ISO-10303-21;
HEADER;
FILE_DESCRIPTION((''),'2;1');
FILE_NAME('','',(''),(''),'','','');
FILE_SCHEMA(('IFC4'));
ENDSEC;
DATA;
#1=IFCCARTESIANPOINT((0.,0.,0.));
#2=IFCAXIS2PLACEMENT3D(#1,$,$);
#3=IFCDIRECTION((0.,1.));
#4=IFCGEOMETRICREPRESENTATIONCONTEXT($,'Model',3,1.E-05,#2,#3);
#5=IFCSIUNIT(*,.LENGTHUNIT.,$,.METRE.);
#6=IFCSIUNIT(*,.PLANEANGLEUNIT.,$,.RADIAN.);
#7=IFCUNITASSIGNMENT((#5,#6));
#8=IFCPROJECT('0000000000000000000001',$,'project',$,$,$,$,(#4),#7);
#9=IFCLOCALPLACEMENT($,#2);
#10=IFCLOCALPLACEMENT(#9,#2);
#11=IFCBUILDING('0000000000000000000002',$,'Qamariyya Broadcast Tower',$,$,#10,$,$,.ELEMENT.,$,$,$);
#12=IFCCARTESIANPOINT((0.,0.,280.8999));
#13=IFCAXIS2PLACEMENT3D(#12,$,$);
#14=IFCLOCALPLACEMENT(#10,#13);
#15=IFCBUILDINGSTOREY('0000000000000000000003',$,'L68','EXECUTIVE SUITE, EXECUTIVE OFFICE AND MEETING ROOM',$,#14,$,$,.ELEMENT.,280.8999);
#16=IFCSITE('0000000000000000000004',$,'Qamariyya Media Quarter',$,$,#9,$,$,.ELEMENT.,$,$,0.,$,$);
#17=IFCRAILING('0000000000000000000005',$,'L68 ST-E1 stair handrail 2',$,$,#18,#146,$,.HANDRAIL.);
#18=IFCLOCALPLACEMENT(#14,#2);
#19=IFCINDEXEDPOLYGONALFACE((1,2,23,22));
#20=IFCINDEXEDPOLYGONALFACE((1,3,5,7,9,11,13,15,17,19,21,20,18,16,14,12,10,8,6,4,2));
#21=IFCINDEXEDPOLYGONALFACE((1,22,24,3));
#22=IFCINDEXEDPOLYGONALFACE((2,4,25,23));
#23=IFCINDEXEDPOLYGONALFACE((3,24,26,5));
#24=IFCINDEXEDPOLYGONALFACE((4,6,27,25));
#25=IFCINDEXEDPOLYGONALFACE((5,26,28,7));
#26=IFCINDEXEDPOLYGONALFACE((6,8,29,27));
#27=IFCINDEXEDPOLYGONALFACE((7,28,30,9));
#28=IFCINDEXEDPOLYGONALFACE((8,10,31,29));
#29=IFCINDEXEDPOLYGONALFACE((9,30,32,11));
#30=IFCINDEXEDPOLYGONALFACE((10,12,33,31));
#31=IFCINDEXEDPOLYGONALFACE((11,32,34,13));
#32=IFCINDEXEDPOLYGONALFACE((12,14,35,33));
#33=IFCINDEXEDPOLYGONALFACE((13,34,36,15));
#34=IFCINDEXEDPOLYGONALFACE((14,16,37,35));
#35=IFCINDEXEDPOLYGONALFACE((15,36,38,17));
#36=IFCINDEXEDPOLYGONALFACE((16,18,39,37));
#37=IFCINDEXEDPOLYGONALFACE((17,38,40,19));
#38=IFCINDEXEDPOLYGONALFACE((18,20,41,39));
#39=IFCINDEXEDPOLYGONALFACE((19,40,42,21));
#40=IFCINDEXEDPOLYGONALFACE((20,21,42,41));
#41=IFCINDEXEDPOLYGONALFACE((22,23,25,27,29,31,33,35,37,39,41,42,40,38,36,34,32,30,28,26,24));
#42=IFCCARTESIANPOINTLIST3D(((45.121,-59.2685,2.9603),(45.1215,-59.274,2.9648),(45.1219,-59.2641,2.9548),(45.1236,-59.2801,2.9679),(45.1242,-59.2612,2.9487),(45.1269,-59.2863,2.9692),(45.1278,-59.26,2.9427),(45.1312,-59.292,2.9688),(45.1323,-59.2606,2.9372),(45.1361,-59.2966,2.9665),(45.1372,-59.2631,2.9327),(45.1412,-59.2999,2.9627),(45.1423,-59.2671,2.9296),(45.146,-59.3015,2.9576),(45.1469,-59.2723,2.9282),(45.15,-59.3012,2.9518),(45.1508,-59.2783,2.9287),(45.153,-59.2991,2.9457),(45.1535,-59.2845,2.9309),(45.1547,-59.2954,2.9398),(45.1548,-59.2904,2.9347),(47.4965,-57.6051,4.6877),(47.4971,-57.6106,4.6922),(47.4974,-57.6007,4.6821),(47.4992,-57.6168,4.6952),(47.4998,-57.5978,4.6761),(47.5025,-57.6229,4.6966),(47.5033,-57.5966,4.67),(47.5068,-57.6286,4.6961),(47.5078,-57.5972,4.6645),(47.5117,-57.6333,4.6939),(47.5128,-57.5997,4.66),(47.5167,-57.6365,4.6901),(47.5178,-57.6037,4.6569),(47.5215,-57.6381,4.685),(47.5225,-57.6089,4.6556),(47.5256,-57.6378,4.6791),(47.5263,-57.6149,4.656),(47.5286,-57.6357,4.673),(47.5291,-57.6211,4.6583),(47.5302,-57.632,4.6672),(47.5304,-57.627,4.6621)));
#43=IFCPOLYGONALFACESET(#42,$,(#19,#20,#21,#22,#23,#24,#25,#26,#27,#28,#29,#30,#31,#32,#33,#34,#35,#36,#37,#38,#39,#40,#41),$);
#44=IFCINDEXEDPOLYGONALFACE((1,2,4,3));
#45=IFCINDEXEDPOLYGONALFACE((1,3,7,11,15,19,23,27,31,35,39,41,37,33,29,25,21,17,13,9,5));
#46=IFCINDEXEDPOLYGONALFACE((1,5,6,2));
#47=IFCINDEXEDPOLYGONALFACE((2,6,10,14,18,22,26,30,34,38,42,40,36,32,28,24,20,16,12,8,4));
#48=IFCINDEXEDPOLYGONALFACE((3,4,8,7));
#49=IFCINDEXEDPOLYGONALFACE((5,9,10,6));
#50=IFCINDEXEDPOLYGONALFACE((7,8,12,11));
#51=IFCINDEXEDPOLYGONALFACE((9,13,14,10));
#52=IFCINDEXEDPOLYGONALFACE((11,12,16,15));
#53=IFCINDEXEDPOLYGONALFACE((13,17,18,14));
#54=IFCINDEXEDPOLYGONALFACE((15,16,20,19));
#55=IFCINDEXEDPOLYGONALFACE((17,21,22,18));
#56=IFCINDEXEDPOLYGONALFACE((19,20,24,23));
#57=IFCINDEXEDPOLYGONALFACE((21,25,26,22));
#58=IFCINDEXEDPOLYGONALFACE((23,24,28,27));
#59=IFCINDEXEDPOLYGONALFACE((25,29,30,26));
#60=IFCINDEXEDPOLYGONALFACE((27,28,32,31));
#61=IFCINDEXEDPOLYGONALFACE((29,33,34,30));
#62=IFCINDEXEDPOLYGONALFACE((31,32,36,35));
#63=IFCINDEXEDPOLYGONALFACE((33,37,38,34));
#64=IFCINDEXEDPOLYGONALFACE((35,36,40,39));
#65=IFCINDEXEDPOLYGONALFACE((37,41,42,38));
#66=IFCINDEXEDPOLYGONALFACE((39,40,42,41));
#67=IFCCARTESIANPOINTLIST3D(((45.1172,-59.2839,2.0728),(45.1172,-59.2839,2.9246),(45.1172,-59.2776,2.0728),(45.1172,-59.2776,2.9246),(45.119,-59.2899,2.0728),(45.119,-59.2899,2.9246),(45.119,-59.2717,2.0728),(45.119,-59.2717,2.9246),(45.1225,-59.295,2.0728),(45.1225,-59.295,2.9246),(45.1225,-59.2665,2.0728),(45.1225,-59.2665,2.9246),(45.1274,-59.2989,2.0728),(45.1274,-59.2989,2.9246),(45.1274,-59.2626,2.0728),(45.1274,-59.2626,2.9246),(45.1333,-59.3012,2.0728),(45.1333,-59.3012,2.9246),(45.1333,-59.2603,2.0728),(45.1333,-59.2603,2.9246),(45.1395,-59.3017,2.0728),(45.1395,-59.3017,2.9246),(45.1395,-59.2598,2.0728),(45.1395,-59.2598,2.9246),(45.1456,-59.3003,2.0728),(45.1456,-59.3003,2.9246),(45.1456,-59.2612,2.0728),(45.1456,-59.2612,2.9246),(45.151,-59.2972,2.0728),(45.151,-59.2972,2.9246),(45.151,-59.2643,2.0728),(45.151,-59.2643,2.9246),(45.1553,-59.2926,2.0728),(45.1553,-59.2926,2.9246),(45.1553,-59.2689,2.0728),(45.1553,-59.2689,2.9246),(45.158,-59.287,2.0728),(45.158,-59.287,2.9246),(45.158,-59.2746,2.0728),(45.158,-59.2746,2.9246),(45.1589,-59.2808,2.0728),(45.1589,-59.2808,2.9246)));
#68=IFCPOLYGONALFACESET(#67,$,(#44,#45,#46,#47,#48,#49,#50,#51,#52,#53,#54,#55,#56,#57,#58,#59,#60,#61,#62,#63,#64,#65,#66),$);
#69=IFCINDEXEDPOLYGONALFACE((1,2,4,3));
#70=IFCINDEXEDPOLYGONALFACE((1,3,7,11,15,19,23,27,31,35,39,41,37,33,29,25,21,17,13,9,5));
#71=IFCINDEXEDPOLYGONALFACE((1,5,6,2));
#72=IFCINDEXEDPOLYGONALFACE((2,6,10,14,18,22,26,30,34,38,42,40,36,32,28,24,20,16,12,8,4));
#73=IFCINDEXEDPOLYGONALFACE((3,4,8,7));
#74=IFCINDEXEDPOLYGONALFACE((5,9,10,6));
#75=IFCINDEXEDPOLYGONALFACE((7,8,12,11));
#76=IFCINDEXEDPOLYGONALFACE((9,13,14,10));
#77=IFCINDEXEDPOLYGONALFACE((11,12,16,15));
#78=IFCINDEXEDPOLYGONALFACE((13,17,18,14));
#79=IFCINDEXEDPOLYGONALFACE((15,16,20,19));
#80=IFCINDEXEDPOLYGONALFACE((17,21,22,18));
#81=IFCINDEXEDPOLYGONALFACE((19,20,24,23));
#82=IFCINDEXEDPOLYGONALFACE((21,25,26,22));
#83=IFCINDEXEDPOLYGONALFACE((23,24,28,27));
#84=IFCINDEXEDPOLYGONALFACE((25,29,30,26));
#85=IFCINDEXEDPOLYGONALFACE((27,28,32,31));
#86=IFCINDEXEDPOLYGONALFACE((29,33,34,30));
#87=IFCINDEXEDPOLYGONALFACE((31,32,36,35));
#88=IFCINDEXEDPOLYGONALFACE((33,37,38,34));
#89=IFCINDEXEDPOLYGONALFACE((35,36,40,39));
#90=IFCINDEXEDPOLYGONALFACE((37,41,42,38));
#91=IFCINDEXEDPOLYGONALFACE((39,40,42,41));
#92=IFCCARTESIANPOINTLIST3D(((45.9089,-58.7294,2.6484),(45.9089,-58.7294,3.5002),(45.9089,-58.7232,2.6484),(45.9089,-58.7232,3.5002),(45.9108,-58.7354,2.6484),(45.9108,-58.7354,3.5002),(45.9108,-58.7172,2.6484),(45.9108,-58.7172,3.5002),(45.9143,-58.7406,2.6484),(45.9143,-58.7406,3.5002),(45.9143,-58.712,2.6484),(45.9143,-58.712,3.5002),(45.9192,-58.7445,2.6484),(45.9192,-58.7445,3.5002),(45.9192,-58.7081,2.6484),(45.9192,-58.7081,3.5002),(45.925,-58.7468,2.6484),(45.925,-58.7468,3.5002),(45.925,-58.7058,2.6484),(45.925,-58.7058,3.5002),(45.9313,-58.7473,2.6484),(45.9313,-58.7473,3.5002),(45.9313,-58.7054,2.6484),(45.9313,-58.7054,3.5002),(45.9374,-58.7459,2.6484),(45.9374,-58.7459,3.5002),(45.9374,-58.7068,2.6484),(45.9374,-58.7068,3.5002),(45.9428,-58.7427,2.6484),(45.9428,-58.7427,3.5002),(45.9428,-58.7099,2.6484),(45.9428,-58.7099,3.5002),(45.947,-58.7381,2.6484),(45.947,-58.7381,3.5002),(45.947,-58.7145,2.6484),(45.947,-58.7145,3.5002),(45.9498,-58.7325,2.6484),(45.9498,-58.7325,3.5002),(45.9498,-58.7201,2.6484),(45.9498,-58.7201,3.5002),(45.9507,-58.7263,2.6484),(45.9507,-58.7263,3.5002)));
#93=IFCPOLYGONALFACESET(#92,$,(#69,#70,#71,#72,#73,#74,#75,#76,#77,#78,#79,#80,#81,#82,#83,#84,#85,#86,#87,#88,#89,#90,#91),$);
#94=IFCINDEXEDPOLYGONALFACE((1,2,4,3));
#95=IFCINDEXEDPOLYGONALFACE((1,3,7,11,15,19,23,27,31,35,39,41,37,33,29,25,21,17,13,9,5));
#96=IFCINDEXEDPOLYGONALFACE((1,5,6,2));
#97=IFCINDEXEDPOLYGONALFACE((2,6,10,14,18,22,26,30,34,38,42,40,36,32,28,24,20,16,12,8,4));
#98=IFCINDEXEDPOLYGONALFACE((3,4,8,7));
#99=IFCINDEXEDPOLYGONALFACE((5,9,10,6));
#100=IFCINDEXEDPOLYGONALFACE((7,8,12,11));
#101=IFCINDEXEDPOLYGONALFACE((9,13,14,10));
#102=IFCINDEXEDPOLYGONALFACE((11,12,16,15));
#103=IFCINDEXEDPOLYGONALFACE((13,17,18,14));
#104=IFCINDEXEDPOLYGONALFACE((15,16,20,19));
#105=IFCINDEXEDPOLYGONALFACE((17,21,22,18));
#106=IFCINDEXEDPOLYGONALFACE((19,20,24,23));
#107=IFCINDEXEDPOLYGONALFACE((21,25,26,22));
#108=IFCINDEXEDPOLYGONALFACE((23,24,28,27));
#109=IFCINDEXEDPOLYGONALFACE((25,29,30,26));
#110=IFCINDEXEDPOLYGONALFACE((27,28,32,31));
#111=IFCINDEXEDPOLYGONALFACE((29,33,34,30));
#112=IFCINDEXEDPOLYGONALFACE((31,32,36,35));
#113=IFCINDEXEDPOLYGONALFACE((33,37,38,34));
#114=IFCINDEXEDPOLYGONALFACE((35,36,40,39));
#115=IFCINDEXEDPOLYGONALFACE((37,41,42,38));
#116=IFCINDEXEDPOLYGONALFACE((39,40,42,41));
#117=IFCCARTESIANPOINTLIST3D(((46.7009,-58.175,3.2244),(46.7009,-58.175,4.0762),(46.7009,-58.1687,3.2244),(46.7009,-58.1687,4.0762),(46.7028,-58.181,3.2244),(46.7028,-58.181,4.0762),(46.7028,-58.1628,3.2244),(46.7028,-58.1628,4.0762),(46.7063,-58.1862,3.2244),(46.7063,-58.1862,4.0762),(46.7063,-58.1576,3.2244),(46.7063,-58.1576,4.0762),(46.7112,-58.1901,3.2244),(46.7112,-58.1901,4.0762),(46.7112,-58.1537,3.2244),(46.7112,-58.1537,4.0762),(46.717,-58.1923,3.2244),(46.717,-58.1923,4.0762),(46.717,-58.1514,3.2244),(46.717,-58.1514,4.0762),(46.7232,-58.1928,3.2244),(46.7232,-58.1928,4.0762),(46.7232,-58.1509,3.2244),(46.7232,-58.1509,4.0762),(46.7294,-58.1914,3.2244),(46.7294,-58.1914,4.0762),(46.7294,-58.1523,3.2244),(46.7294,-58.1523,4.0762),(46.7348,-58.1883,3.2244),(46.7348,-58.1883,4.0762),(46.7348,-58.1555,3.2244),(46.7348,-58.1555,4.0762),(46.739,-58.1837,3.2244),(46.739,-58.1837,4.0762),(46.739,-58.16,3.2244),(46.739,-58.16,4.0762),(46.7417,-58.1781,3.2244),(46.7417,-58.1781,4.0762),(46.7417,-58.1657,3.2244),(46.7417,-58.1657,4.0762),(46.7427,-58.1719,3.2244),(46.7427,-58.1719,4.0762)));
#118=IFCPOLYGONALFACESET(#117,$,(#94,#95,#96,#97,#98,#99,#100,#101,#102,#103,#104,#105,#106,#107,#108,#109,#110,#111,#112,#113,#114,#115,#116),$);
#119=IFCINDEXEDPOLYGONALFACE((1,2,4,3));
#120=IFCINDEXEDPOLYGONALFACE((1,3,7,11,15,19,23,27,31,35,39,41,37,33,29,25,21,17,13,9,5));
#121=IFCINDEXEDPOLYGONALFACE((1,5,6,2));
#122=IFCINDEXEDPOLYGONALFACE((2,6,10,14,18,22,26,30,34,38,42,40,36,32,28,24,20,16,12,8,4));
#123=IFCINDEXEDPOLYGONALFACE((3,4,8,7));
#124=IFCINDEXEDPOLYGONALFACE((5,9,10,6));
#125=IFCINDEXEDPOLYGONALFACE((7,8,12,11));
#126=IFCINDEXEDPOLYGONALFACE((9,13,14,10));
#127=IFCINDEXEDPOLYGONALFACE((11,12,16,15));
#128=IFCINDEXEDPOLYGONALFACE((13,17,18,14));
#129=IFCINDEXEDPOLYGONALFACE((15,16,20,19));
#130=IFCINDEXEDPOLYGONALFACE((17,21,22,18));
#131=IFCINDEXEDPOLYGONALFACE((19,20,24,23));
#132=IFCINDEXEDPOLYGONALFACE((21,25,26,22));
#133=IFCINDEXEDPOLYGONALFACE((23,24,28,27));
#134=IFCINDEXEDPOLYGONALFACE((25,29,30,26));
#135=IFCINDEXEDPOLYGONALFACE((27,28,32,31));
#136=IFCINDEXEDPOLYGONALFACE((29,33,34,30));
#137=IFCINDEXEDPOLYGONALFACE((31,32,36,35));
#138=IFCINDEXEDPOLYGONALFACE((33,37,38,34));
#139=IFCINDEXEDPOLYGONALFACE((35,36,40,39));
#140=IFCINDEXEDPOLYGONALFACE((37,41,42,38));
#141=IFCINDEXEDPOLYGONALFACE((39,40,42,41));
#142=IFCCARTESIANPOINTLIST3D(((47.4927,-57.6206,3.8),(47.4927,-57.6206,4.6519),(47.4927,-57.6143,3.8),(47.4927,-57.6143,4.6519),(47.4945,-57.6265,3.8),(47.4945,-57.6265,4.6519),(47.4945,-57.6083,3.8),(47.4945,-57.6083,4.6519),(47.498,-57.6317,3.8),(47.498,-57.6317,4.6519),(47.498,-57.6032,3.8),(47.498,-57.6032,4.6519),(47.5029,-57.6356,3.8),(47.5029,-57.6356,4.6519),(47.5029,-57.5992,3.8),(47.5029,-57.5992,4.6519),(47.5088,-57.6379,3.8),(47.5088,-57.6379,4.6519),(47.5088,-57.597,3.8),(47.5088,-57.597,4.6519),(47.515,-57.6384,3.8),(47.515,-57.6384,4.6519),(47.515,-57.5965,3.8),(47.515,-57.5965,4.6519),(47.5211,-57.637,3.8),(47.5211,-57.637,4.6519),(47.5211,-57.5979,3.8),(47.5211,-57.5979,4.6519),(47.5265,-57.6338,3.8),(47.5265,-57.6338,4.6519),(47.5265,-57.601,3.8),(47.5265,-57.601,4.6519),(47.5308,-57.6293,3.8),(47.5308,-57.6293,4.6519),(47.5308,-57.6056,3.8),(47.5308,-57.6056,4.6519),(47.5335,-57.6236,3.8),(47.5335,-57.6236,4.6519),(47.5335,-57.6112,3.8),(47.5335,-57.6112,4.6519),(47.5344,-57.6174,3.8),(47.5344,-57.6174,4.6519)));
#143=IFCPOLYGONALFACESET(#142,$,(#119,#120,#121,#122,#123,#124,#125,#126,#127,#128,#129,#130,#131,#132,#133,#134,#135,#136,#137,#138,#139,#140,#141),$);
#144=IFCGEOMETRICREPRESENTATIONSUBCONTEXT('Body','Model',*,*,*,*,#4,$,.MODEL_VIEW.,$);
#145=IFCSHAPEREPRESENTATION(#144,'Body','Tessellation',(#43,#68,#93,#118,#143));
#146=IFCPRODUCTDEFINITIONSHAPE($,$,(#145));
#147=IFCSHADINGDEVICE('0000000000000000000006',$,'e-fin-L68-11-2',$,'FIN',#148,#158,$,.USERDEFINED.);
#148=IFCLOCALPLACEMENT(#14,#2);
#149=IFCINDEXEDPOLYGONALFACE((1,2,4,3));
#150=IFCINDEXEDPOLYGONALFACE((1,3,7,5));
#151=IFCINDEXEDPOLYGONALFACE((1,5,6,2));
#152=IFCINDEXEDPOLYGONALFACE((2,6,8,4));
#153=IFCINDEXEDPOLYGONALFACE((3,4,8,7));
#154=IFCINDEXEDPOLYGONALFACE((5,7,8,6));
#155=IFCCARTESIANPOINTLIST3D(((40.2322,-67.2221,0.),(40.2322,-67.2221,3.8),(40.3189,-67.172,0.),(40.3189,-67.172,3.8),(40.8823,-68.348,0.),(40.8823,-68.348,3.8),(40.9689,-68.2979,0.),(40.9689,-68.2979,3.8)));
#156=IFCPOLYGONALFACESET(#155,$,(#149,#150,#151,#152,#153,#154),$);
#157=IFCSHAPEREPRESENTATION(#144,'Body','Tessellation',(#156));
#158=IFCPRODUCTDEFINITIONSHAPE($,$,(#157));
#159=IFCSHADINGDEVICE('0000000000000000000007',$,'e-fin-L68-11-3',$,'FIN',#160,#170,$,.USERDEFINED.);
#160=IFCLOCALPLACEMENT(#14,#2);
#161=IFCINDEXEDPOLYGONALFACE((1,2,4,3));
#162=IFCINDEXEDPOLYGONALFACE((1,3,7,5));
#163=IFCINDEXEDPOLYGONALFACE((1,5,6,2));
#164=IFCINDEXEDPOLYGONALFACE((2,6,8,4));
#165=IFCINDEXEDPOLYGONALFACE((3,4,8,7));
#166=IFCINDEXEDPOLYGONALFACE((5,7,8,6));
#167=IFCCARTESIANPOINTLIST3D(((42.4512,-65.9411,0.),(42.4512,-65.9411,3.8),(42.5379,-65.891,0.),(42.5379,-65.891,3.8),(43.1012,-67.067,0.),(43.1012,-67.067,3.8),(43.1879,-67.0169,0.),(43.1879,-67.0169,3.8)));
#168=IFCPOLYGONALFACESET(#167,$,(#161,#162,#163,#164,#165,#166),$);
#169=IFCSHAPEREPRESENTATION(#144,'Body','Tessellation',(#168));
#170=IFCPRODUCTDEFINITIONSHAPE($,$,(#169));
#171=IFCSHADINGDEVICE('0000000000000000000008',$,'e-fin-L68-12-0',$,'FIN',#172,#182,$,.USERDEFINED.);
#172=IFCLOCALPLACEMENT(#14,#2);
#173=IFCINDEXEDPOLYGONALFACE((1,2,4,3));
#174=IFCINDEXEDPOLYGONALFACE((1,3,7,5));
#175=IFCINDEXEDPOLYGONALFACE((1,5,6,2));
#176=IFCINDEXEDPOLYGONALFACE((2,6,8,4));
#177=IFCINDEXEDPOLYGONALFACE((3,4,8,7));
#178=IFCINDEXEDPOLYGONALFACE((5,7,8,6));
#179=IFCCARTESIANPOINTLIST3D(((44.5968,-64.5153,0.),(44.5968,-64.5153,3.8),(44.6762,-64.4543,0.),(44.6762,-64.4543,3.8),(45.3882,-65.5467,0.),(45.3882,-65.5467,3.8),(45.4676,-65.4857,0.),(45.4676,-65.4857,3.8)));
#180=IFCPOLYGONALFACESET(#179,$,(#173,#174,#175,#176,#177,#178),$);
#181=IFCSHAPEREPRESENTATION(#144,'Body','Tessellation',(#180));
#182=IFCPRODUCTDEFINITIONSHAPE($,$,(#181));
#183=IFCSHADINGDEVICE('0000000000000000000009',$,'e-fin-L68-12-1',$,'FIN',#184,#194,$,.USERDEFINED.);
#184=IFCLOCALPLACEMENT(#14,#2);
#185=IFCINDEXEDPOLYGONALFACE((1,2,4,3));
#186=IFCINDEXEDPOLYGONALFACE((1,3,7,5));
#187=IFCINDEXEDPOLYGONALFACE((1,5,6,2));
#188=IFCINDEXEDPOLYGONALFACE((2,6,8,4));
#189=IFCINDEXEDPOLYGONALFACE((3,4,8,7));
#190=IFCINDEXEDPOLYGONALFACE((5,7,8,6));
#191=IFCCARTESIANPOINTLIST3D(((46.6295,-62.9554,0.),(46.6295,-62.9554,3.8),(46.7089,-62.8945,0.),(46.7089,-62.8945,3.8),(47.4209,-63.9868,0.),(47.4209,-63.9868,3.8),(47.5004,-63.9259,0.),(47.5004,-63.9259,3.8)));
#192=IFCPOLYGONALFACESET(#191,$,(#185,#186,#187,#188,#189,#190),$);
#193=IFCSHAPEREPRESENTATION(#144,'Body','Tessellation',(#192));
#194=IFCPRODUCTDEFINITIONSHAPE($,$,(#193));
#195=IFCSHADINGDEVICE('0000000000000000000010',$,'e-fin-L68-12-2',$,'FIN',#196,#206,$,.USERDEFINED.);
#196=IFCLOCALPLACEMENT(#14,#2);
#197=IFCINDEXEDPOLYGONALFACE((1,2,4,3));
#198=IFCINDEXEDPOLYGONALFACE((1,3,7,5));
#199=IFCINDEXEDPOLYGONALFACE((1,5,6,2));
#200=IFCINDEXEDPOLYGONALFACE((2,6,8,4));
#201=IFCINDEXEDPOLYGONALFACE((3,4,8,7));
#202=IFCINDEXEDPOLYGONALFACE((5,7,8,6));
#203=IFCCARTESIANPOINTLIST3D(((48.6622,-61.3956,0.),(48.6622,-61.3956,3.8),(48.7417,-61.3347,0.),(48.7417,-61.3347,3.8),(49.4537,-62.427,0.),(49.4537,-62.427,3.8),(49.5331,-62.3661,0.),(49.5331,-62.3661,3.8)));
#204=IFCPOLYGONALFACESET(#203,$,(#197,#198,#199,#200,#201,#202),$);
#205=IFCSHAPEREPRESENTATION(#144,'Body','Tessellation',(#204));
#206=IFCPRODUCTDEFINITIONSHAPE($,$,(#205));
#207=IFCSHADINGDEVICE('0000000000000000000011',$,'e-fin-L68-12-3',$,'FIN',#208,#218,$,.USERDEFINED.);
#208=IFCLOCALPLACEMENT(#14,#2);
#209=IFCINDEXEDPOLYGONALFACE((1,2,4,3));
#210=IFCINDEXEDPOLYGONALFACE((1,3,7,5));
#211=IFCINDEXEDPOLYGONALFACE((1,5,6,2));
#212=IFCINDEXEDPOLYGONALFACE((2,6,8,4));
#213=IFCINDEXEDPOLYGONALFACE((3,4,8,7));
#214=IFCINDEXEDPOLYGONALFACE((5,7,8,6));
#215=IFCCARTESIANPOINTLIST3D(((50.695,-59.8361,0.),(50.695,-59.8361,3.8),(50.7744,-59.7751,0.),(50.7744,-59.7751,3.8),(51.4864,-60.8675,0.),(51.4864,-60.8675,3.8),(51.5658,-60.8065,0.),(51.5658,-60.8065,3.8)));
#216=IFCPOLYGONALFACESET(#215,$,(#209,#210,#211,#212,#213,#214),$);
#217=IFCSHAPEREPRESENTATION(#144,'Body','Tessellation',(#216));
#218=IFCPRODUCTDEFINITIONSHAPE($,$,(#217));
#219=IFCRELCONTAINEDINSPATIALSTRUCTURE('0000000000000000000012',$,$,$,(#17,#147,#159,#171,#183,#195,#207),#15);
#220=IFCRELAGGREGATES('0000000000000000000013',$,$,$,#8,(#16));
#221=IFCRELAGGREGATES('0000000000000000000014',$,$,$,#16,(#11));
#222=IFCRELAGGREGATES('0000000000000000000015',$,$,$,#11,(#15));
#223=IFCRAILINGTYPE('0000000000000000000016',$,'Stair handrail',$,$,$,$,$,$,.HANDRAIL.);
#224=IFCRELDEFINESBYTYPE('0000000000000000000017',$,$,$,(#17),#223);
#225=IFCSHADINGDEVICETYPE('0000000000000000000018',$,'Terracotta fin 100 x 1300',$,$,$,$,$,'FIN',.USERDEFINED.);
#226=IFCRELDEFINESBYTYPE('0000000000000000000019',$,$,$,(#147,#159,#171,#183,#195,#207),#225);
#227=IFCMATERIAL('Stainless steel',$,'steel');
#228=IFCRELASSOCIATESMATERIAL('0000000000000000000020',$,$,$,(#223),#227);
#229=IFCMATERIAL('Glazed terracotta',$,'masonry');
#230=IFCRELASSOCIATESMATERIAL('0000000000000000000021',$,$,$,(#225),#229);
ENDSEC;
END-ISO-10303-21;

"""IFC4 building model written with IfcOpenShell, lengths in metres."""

from ifc_helpers import new_model, si_unit, direction, frame, origin, origin_2d, place, context, subcontext, project, spatial, rectangle, circle, extrude, material, material_profile, profile_set, type_object, element, save


model = new_model("IFC4")

# Units and contexts
model_context = context("Model", 3, precision=1e-05, world=origin(), true_north=direction((0.0, 1.0)))
body_context = subcontext(model_context, "Body", "Model", "MODEL_VIEW")
ifc_project = project(units=[si_unit("LENGTHUNIT", "METRE"), si_unit("PLANEANGLEUNIT", "RADIAN")], contexts=[model_context])

# Site, building, storey
site_placement = place(None, origin())
site = spatial("IfcSite", under=ifc_project, at=site_placement, Name="Qamariyya Media Quarter", CompositionType="ELEMENT", RefElevation=0.0)
building_placement = place(site_placement, origin())
building = spatial("IfcBuilding", under=site, at=building_placement, Name="Qamariyya Broadcast Tower", CompositionType="ELEMENT")
storey_placement = place(building_placement, frame((0.0, 0.0, 280.8999)))
storey = spatial("IfcBuildingStorey", under=building, at=storey_placement, Name="L68", Description="EXECUTIVE SUITE, EXECUTIVE OFFICE AND MEETING ROOM", CompositionType="ELEMENT", Elevation=280.8999)

# Railing
ifc_material_1 = material(Name="Stainless steel", Category="steel")
railing_type = type_object("IfcRailingType", Name="Stair handrail", PredefinedType="HANDRAIL", material=ifc_material_1)
railing_placement = place(storey_placement, frame((45.1379, -59.2808, 2.0728)))
element("IfcRailing", 1, at=railing_placement, inside=storey, type_object=railing_type, Name="L68 ST-E1 stair handrail 2", PredefinedType="HANDRAIL", context=body_context, shape_type="SweptSolid", body=[
    extrude(circle(Radius=0.0239, at=origin_2d()), frame((0.0, 0.0, 0.876), z_axis=(0.70377, 0.492784, 0.511734), x_axis=(-0.573575, 0.819153, 0.0)), (0.0, 0.0, 1.0), 3.3755),
    extrude(circle(Radius=0.021, at=origin_2d()), origin(), (0.0, 0.0, 1.0), 0.8518),
    extrude(circle(Radius=0.021, at=origin_2d()), frame((0.7917, 0.5544, 0.5757)), (0.0, 0.0, 1.0), 0.8518),
    extrude(circle(Radius=0.021, at=origin_2d()), frame((1.5837, 1.1089, 1.1516)), (0.0, 0.0, 1.0), 0.8518),
    extrude(circle(Radius=0.021, at=origin_2d()), frame((2.3755, 1.6633, 1.7273)), (0.0, 0.0, 1.0), 0.8518),
])

# Shading devices
ifc_material_2 = material(Name="Glazed terracotta", Category="masonry")
ifc_material_profile_1 = material_profile(ifc_material_2, rectangle(XDim=1.3, YDim=0.1001, at=origin_2d()))
ifc_profile_set_1 = profile_set([ifc_material_profile_1], Name="Glazed terracotta")
shading_device_type_1 = type_object("IfcShadingDeviceType", Name="Terracotta fin 100 x 1300", ElementType="FIN", PredefinedType="USERDEFINED", material=ifc_profile_set_1)
for number, where, z_axis, x_axis, name in (
    (2, (40.6006, -67.76, 0.0), (0.0, 0.0, 1.0), (0.5, -0.866025, 0.0), "e-fin-L68-11-2"),
    (3, (42.8196, -66.479, 0.0), (0.0, 0.0, 1.0), (0.5, -0.866025, 0.0), "e-fin-L68-11-3"),
    (4, (45.0322, -65.0005, 0.0), (0.0, 0.0, 1.0), (0.608761, -0.793353, 0.0), "e-fin-L68-12-0"),
    (5, (47.0649, -63.4407, 0.0), (0.0, 0.0, 1.0), (0.608761, -0.793353, 0.0), "e-fin-L68-12-1"),
    (6, (49.0977, -61.8809, 0.0), (0.0, 0.0, 1.0), (0.608761, -0.793353, 0.0), "e-fin-L68-12-2"),
    (7, (51.1304, -60.3213, 0.0), (0.0, 0.0, 1.0), (0.608761, -0.793353, 0.0), "e-fin-L68-12-3"),
):
    element("IfcShadingDevice", number, at=place(storey_placement, frame(where, z_axis=z_axis, x_axis=x_axis)), inside=storey, type_object=shading_device_type_1, Name=name, ObjectType="FIN", PredefinedType="USERDEFINED", context=body_context, shape_type="SweptSolid", body=[
        extrude(rectangle(XDim=1.3, YDim=0.1001, at=origin_2d()), origin(), (0.0, 0.0, 1.0), 3.8),
    ])

save(model, "model.ifc")
